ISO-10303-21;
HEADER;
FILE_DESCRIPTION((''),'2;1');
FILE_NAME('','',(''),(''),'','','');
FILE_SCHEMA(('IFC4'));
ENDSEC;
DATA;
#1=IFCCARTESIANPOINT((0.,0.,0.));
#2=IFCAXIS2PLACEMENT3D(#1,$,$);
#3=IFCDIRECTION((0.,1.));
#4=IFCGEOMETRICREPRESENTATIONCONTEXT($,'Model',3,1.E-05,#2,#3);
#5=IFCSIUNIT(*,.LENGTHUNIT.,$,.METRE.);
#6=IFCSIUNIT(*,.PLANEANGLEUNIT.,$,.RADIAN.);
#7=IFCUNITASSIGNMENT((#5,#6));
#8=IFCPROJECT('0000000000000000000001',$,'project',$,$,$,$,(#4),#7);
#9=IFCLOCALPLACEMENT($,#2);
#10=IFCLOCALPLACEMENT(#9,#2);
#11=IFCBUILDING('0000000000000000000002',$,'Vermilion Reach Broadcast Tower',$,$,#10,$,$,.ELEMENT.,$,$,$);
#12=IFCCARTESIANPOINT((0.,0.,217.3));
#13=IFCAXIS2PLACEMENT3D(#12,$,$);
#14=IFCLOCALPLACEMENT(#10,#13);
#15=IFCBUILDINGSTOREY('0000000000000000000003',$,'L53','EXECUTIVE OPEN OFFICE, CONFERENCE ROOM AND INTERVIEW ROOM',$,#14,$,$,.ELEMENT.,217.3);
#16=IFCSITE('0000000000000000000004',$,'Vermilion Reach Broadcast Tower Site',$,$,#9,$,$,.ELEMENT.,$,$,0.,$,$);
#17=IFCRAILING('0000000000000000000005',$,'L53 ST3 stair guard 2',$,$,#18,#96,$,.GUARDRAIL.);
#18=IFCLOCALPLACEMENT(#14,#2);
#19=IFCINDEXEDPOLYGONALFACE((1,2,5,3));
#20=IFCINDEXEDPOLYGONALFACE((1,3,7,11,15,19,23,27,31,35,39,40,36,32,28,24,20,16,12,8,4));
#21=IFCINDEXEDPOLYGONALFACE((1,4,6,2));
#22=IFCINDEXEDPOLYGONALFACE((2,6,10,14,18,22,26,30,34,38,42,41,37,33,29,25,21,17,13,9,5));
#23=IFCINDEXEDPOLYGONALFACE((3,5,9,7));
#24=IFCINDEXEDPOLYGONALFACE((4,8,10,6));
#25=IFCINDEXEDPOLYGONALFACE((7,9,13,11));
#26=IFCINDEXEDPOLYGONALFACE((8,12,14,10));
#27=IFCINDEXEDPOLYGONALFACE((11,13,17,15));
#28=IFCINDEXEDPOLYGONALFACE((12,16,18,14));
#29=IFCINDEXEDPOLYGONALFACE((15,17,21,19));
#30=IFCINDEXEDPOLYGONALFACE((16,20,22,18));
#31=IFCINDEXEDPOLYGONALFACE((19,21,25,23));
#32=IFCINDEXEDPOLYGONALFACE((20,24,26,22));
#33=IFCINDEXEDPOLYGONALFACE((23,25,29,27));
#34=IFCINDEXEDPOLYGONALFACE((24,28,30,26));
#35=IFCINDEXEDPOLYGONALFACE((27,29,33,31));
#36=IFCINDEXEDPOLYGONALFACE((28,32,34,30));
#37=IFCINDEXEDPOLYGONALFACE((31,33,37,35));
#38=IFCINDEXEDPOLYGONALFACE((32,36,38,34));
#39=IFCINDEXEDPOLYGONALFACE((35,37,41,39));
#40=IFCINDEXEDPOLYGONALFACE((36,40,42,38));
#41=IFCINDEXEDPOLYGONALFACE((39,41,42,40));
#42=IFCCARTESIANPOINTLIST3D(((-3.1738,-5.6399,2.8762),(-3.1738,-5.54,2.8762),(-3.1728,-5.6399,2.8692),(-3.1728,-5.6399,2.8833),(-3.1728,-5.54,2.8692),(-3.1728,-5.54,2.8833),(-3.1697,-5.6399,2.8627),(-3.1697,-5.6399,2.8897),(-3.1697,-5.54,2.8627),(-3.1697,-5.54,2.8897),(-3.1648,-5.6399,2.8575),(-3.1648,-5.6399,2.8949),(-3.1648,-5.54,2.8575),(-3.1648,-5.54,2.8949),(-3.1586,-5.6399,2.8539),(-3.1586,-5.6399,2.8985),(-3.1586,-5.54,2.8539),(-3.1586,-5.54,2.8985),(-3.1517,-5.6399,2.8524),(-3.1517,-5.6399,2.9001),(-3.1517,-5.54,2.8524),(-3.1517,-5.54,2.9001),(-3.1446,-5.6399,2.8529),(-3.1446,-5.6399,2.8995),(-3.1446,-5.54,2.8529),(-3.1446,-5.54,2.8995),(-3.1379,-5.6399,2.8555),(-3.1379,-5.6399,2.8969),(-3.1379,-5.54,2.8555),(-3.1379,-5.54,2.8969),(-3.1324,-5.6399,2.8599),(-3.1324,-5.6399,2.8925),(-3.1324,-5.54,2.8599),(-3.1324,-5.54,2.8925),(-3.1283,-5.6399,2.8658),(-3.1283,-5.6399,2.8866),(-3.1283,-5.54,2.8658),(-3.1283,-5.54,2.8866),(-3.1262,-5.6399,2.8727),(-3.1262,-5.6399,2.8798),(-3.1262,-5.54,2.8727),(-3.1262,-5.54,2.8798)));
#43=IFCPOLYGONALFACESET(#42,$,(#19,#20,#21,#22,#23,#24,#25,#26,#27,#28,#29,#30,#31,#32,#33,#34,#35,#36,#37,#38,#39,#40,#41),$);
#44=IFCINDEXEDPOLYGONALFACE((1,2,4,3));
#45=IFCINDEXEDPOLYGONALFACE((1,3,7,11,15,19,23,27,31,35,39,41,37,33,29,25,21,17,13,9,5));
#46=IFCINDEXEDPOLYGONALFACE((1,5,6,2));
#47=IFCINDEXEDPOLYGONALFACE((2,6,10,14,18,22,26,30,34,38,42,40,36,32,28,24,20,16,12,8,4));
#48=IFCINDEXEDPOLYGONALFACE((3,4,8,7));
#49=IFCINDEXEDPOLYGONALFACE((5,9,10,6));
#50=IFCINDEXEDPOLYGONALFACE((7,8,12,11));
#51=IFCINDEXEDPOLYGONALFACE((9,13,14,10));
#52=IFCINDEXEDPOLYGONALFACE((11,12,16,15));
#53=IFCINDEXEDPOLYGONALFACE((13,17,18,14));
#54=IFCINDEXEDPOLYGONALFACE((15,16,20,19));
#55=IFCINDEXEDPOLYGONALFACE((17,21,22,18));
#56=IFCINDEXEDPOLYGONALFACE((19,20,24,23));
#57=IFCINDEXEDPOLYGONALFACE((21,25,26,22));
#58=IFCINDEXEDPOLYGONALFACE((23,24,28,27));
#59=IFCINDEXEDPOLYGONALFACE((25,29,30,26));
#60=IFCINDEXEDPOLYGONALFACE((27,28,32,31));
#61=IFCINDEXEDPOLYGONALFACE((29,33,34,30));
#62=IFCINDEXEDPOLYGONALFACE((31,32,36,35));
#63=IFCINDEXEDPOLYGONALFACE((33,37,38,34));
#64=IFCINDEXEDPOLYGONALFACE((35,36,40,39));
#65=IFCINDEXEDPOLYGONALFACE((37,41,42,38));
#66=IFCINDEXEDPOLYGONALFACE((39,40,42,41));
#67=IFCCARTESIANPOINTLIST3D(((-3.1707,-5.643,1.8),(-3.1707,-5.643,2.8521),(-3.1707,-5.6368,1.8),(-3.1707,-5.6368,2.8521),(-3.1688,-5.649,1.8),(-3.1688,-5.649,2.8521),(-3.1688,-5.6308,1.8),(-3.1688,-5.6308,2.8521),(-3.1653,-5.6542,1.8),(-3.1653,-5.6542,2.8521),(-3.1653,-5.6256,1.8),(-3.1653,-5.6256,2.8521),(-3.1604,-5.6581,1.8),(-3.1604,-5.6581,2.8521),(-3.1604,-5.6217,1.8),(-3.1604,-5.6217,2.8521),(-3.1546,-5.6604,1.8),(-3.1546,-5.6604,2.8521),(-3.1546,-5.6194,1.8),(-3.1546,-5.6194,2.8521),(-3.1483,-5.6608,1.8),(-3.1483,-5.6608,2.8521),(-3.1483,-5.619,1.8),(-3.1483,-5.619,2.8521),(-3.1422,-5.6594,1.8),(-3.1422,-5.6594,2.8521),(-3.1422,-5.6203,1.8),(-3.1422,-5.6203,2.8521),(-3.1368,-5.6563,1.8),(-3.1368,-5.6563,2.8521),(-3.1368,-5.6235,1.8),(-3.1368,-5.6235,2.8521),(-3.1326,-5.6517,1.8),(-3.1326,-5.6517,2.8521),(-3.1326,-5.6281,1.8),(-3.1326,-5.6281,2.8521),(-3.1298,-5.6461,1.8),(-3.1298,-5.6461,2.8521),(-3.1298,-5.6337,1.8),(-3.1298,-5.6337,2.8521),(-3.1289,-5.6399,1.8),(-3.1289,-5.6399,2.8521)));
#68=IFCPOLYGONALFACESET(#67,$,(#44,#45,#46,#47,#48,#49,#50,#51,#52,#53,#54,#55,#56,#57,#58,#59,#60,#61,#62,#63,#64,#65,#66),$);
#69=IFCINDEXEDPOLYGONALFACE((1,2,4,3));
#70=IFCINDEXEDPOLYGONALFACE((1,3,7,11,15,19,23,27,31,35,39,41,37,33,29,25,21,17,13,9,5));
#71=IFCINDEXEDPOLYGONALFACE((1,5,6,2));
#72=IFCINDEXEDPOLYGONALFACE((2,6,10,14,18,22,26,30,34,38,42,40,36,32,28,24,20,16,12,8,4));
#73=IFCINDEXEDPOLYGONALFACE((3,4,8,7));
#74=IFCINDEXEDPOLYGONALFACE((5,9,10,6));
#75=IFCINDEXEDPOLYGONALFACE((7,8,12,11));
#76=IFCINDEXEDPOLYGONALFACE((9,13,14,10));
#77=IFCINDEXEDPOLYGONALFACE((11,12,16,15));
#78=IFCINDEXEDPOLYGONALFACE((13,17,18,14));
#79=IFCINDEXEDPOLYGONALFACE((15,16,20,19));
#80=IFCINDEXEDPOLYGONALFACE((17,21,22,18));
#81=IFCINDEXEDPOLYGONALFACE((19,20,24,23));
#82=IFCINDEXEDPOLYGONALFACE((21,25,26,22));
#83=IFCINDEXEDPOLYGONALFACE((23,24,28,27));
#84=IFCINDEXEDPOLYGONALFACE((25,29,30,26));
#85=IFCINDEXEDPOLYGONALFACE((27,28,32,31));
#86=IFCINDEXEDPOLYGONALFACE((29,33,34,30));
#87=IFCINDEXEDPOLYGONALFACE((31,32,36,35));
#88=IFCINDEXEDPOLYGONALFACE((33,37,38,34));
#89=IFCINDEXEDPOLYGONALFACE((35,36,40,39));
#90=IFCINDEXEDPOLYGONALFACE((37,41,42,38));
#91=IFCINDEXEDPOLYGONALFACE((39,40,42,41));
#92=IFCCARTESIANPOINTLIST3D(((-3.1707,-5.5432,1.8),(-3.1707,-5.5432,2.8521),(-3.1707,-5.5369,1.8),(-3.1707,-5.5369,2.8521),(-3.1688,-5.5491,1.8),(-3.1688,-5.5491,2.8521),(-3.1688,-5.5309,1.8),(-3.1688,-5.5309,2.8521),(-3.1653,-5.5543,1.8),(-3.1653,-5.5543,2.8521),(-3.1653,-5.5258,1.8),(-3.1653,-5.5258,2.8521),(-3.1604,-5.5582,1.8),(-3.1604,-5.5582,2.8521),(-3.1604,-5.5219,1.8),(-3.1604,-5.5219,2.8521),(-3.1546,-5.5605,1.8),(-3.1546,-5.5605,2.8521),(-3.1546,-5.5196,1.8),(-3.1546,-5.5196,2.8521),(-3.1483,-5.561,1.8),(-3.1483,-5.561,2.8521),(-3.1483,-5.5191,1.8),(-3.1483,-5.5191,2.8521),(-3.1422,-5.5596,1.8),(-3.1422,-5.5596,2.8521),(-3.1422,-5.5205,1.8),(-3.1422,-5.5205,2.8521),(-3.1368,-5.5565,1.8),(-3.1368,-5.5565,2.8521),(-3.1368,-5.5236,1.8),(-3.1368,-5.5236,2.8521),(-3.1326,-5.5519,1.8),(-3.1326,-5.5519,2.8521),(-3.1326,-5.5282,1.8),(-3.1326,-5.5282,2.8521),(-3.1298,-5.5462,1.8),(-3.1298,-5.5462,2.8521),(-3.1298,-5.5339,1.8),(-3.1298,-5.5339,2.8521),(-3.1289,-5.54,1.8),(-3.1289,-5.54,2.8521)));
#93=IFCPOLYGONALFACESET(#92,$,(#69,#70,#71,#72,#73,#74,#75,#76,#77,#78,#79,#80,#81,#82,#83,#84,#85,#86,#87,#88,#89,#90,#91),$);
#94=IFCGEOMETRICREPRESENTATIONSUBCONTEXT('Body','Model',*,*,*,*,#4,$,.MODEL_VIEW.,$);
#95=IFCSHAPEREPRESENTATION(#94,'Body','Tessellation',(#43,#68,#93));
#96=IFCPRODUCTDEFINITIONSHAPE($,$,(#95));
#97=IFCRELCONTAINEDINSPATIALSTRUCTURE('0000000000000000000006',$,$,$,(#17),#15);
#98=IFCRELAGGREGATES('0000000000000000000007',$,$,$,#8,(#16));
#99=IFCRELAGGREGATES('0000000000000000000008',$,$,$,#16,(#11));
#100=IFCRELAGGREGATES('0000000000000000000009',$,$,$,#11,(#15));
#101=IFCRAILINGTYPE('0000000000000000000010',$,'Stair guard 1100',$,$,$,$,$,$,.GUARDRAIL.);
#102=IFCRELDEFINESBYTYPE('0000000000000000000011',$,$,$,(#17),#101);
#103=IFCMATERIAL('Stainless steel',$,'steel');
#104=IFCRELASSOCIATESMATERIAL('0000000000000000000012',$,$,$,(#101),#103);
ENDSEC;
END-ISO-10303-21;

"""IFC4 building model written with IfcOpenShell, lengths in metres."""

from ifc_helpers import new_model, si_unit, direction, frame, origin, origin_2d, place, context, subcontext, project, spatial, circle, extrude, material, type_object, element, save


model = new_model("IFC4")

# Units and contexts
model_context = context("Model", 3, precision=1e-05, world=origin(), true_north=direction((0.0, 1.0)))
body_context = subcontext(model_context, "Body", "Model", "MODEL_VIEW")
ifc_project = project(units=[si_unit("LENGTHUNIT", "METRE"), si_unit("PLANEANGLEUNIT", "RADIAN")], contexts=[model_context])

# Site, building, storey
site_placement = place(None, origin())
site = spatial("IfcSite", under=ifc_project, at=site_placement, Name="Vermilion Reach Broadcast Tower Site", CompositionType="ELEMENT", RefElevation=0.0)
building_placement = place(site_placement, origin())
building = spatial("IfcBuilding", under=site, at=building_placement, Name="Vermilion Reach Broadcast Tower", CompositionType="ELEMENT")
storey_placement = place(building_placement, frame((0.0, 0.0, 217.3)))
storey = spatial("IfcBuildingStorey", under=building, at=storey_placement, Name="L53", Description="EXECUTIVE OPEN OFFICE, CONFERENCE ROOM AND INTERVIEW ROOM", CompositionType="ELEMENT", Elevation=217.3)

# Railing
ifc_material_1 = material(Name="Stainless steel", Category="steel")
railing_type_1 = type_object("IfcRailingType", Name="Stair guard 1100", PredefinedType="GUARDRAIL", material=ifc_material_1)
railing_1_placement = place(storey_placement, frame((-3.1499, -5.6399, 1.8)))
element("IfcRailing", 1, at=railing_1_placement, inside=storey, type_object=railing_type_1, Name="L53 ST3 stair guard 2", PredefinedType="GUARDRAIL", context=body_context, shape_type="SweptSolid", body=[
    extrude(circle(Radius=0.0239, at=origin_2d()), frame((0.0, 0.0, 1.0762), z_axis=(0.0, 1.0, 0.0), x_axis=(-1.0, 0.0, 0.0)), (0.0, 0.0, 1.0), 0.0999),
    extrude(circle(Radius=0.021, at=origin_2d()), origin(), (0.0, 0.0, 1.0), 1.052),
    extrude(circle(Radius=0.021, at=origin_2d()), frame((0.0, 0.0999, 0.0)), (0.0, 0.0, 1.0), 1.052),
])

save(model, "model.ifc")
